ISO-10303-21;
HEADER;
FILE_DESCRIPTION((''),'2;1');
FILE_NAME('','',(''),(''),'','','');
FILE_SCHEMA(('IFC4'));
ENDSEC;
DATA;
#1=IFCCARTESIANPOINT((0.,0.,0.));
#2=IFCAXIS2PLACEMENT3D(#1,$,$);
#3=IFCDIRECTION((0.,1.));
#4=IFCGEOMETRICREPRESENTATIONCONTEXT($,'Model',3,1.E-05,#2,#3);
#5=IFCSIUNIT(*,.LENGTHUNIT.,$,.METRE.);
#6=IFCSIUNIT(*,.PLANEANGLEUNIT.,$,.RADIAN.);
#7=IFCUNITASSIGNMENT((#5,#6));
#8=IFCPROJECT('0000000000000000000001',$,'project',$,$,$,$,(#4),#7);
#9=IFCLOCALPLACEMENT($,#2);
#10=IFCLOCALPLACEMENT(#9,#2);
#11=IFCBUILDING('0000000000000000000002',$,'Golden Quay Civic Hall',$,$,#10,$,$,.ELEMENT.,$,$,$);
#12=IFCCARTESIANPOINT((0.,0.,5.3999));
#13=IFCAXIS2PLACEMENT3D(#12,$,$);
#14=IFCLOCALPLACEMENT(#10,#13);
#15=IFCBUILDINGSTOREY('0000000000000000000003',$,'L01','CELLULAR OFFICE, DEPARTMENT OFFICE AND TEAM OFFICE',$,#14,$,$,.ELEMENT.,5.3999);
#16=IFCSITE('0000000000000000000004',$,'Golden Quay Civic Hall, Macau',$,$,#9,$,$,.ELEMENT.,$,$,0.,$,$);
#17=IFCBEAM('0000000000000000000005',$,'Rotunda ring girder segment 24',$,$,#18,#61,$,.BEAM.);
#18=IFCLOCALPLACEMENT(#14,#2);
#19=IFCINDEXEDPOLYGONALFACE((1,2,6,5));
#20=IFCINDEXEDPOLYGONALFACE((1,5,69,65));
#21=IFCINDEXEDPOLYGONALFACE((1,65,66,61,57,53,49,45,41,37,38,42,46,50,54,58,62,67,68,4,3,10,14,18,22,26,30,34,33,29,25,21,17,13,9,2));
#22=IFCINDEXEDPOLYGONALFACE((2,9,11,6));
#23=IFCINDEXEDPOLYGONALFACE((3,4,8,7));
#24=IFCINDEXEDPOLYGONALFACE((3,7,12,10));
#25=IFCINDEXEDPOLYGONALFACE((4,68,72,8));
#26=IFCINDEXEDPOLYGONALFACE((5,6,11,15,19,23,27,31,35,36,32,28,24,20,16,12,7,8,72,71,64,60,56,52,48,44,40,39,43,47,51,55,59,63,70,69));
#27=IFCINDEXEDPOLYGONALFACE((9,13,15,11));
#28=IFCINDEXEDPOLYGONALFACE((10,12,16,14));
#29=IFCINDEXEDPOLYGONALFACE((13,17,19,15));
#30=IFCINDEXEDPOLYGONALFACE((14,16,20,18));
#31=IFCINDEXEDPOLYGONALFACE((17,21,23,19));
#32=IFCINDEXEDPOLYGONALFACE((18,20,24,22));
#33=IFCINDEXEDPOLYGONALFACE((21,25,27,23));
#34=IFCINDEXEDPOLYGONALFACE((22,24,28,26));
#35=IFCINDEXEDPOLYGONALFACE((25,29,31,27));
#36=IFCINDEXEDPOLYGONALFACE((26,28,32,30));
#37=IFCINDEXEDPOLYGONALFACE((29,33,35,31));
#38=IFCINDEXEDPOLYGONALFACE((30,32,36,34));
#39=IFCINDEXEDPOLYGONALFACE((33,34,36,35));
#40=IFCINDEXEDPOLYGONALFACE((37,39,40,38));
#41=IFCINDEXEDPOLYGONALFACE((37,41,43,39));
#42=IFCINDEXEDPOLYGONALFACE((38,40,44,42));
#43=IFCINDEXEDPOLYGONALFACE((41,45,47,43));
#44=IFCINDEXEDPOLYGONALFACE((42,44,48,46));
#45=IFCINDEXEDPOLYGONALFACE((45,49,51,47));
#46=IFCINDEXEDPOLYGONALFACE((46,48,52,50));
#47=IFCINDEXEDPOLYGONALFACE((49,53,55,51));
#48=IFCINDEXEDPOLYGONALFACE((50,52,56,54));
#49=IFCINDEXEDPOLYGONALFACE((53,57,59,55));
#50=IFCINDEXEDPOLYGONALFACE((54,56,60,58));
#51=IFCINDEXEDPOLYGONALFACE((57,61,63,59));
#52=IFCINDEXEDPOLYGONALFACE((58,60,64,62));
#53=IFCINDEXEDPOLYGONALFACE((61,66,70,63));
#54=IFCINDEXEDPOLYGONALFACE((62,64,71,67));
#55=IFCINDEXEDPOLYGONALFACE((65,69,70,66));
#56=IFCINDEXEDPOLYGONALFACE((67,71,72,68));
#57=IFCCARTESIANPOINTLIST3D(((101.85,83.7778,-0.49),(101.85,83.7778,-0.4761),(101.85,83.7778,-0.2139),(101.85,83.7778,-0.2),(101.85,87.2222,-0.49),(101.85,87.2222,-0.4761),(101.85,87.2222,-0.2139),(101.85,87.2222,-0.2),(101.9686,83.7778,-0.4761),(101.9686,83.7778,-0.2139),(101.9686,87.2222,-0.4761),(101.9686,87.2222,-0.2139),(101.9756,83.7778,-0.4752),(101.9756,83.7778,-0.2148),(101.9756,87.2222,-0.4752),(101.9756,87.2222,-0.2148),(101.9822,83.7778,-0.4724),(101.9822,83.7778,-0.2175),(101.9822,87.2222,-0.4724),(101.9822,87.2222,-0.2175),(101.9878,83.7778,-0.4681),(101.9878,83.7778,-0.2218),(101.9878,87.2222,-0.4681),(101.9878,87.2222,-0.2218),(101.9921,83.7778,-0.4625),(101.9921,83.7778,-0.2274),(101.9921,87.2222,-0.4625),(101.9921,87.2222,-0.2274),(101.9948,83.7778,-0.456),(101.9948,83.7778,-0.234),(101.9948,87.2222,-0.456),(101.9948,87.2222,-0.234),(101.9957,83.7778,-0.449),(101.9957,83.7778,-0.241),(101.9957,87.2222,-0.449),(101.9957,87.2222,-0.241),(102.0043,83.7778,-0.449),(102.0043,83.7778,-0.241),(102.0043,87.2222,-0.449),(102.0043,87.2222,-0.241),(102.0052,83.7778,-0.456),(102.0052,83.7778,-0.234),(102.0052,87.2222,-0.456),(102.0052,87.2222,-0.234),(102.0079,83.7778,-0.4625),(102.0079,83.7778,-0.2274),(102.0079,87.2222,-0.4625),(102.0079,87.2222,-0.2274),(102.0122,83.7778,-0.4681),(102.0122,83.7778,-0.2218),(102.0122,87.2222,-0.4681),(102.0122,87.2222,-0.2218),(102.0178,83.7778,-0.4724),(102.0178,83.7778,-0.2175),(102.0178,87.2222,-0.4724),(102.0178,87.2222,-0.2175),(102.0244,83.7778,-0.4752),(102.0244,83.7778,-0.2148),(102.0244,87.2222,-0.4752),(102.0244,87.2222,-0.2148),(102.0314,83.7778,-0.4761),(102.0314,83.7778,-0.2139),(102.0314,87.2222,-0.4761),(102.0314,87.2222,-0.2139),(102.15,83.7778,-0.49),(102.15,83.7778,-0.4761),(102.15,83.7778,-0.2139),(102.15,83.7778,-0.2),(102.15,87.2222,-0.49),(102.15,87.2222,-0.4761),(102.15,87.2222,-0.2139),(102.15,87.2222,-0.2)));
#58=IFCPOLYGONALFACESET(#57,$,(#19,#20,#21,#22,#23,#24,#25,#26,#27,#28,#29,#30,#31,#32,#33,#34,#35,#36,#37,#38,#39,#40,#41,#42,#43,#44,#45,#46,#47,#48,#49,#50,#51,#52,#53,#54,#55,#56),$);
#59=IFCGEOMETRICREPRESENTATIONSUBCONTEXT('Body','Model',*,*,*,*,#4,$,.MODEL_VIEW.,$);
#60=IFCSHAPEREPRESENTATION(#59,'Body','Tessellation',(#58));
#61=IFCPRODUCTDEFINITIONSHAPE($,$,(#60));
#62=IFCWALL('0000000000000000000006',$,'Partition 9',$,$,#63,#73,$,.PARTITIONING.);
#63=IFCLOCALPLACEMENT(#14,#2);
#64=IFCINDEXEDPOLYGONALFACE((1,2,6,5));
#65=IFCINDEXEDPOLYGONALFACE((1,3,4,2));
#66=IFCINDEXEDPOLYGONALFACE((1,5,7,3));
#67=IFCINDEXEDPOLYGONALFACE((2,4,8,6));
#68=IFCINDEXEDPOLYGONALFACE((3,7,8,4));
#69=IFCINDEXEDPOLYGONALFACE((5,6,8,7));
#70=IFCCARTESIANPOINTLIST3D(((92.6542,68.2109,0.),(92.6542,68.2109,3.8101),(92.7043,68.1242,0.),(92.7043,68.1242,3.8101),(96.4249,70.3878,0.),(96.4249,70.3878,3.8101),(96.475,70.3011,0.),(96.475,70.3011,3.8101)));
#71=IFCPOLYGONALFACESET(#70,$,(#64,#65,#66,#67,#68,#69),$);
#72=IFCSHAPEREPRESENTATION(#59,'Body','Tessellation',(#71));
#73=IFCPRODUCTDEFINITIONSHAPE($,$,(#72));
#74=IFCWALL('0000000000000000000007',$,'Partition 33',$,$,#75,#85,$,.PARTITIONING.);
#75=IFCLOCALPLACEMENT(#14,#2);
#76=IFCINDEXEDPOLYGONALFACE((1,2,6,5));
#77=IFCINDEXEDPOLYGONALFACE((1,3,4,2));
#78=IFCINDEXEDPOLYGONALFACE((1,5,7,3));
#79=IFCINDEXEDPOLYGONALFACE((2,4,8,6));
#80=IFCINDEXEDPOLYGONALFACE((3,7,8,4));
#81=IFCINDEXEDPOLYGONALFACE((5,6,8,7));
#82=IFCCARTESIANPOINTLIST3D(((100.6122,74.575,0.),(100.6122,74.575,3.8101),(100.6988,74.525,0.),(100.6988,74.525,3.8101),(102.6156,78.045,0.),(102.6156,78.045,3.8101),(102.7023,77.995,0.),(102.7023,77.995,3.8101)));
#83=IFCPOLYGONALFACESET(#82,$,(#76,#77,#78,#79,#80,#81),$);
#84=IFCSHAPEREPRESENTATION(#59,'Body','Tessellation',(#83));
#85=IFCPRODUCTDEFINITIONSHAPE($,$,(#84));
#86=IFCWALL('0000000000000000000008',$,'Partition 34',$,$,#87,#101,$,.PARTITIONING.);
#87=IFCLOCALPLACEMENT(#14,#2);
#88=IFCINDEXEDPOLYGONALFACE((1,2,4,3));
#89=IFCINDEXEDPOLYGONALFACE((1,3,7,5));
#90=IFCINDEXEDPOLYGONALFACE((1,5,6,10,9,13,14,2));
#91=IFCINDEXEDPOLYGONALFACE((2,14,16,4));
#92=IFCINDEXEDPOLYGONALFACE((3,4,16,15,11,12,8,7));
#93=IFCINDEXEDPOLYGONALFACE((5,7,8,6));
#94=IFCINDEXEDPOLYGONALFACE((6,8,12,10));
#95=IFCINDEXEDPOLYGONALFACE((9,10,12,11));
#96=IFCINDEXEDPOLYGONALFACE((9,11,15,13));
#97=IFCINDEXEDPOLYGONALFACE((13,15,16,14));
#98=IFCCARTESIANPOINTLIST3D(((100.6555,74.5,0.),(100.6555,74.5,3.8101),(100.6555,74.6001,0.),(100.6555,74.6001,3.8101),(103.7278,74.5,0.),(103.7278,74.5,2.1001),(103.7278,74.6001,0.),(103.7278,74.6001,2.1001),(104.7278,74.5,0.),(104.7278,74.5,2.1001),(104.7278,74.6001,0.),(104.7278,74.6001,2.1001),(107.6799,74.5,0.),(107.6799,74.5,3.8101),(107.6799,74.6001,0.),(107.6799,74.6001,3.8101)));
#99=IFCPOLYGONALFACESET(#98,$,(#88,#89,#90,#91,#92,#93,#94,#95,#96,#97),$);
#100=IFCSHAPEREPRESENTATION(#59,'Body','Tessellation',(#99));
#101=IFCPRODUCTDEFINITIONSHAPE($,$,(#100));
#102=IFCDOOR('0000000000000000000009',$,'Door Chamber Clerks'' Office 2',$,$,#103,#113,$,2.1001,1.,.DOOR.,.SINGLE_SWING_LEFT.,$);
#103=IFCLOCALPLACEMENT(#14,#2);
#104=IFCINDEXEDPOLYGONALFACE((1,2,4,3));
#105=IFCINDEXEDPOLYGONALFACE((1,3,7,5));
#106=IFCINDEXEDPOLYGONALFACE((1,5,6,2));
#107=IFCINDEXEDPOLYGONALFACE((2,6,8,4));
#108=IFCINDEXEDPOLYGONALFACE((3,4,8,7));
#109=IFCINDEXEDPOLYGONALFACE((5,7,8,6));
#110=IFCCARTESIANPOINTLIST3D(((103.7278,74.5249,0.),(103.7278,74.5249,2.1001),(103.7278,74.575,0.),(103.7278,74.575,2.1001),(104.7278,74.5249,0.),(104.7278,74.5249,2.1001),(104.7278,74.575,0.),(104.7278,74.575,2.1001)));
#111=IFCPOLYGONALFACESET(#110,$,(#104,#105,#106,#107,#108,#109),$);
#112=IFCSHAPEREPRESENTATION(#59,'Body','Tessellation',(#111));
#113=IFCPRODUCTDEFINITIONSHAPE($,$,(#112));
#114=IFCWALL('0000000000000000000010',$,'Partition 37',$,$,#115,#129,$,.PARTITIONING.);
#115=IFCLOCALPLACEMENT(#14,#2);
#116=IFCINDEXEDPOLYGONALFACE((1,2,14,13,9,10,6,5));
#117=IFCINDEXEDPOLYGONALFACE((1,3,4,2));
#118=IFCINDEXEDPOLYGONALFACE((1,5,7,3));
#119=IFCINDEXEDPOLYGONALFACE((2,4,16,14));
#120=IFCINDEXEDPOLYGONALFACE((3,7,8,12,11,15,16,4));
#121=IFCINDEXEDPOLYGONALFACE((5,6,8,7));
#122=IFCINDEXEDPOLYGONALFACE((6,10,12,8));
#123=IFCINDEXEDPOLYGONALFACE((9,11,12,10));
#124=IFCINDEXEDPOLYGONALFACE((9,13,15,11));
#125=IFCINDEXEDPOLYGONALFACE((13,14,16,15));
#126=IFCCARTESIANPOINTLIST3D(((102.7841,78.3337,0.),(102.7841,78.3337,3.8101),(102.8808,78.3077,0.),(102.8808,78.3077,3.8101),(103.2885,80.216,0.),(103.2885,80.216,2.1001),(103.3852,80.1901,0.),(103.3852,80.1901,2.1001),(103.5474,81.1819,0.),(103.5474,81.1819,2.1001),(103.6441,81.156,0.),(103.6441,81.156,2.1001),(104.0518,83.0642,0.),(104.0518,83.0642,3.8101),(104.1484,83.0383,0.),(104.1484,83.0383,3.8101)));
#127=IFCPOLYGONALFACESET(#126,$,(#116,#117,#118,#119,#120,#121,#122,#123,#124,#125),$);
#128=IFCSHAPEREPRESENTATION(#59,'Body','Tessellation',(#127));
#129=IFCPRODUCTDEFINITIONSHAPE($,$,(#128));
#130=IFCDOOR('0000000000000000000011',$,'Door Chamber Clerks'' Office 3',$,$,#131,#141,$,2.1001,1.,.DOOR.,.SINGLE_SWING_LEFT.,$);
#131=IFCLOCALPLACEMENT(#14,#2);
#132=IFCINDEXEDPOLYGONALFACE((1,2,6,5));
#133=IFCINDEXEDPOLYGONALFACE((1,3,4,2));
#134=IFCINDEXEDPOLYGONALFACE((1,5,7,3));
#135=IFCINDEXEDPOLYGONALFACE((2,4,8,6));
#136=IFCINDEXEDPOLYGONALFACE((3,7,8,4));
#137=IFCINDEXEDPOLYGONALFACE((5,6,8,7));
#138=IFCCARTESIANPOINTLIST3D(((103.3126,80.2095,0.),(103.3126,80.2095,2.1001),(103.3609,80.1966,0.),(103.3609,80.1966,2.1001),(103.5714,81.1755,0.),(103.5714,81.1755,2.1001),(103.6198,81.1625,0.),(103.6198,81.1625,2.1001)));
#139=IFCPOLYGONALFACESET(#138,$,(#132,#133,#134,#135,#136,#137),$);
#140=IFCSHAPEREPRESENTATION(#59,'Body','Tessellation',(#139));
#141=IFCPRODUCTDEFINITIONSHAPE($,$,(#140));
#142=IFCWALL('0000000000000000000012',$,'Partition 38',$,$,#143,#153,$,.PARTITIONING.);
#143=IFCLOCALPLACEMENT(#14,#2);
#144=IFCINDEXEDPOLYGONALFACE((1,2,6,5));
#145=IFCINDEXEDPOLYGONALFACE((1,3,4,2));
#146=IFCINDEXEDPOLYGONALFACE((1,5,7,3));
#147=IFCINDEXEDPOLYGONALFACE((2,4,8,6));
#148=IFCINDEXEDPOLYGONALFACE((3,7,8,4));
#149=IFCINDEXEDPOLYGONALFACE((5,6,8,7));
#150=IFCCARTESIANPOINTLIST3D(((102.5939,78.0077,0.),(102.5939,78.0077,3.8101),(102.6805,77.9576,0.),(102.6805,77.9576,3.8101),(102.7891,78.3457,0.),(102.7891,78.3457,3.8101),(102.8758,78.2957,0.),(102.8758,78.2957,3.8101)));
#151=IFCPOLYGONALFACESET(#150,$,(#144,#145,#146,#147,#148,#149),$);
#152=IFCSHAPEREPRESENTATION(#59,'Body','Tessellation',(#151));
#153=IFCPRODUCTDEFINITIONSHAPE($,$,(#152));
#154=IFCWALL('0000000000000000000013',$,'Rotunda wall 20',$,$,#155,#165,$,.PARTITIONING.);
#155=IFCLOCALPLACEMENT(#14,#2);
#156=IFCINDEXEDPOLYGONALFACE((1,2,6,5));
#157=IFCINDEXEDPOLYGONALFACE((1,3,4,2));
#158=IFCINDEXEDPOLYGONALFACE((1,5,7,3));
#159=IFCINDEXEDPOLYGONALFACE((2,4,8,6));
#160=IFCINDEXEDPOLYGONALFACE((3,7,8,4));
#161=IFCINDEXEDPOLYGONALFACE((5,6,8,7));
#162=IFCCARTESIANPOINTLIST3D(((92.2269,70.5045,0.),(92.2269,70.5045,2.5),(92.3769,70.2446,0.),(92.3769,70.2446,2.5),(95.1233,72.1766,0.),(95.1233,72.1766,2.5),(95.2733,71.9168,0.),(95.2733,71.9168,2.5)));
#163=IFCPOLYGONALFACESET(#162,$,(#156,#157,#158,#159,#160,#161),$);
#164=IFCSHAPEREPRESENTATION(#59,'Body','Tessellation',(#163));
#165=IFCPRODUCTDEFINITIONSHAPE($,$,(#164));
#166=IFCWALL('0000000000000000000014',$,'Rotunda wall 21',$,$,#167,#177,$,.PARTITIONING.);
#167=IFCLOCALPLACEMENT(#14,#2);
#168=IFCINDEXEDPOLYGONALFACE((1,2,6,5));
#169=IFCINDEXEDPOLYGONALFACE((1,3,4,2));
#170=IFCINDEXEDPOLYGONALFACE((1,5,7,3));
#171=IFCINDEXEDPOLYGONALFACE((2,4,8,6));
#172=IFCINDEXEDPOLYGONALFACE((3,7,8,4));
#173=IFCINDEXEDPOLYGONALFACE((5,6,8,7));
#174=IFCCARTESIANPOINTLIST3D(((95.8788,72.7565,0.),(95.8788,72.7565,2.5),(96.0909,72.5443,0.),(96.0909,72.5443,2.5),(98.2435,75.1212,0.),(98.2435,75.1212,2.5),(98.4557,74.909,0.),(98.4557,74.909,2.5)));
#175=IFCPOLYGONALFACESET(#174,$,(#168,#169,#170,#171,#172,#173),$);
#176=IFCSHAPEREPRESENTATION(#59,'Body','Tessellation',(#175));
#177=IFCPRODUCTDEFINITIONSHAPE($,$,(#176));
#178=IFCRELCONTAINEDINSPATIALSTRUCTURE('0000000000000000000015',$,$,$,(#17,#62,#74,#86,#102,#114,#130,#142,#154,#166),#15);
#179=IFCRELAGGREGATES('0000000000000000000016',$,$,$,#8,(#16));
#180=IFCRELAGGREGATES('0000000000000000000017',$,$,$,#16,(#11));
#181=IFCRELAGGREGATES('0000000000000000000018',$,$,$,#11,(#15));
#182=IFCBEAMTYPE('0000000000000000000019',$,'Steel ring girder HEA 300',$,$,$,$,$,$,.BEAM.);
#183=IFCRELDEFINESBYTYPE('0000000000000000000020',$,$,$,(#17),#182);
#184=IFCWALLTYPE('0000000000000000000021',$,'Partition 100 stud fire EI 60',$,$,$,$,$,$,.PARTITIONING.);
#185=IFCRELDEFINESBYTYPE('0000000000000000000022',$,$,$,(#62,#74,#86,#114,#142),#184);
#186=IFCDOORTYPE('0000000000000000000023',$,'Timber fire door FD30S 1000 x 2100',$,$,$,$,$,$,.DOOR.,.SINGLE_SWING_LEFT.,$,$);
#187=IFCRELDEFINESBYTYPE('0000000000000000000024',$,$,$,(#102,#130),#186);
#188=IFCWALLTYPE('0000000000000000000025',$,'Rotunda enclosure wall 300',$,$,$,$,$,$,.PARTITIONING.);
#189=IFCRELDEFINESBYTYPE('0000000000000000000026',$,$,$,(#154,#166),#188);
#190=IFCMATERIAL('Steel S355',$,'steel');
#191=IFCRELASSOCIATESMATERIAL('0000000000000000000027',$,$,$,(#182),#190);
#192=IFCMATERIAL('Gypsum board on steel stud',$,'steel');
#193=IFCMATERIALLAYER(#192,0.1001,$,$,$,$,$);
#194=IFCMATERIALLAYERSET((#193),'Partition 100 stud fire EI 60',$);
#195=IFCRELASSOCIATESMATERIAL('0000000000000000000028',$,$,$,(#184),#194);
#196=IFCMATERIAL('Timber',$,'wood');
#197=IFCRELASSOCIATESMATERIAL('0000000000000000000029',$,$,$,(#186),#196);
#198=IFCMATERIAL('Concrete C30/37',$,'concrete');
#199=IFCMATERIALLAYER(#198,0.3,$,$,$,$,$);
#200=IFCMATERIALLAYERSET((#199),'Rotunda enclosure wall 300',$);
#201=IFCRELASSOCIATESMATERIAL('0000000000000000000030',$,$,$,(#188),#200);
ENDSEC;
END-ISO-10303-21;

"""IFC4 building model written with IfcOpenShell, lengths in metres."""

from ifc_helpers import new_model, si_unit, direction, frame, frame_2d, origin, origin_2d, place, context, subcontext, project, spatial, rectangle, i_section, extrude, material, layer, layer_set, material_profile, profile_set, type_object, element, fill, save


model = new_model("IFC4")

# Units and contexts
model_context = context("Model", 3, precision=1e-05, world=origin(), true_north=direction((0.0, 1.0)))
body_context = subcontext(model_context, "Body", "Model", "MODEL_VIEW")
ifc_project = project(units=[si_unit("LENGTHUNIT", "METRE"), si_unit("PLANEANGLEUNIT", "RADIAN")], contexts=[model_context])

# Site, building, storey
site_placement = place(None, origin())
site = spatial("IfcSite", under=ifc_project, at=site_placement, Name="Golden Quay Civic Hall, Macau", CompositionType="ELEMENT", RefElevation=0.0)
building_placement = place(site_placement, origin())
building = spatial("IfcBuilding", under=site, at=building_placement, Name="Golden Quay Civic Hall", CompositionType="ELEMENT")
storey_placement = place(building_placement, frame((0.0, 0.0, 5.3999)))
storey = spatial("IfcBuildingStorey", under=building, at=storey_placement, Name="L01", Description="CELLULAR OFFICE, DEPARTMENT OFFICE AND TEAM OFFICE", CompositionType="ELEMENT", Elevation=5.3999)

# Beam
ifc_material_1 = material(Name="Steel S355", Category="steel")
ifc_material_profile_1 = material_profile(ifc_material_1, i_section(OverallWidth=0.3, OverallDepth=0.29, WebThickness=0.0085, FlangeThickness=0.0139, FilletRadius=0.0271, at=origin_2d()), Name="HEA 300")
ifc_profile_set_1 = profile_set([ifc_material_profile_1], Name="Steel S355")
beam_type_1 = type_object("IfcBeamType", Name="Steel ring girder HEA 300", PredefinedType="BEAM", material=ifc_profile_set_1)
beam_1_placement = place(storey_placement, frame((102.0, 83.7778, -0.345), z_axis=(0.0, 1.0, 0.0), x_axis=(-1.0, 0.0, 0.0)))
element("IfcBeam", 1, at=beam_1_placement, inside=storey, type_object=beam_type_1, Name="Rotunda ring girder segment 24", PredefinedType="BEAM", context=body_context, shape_type="SweptSolid", body=[
    extrude(i_section(OverallWidth=0.3, OverallDepth=0.29, WebThickness=0.0085, FlangeThickness=0.0139, FilletRadius=0.0271, at=origin_2d()), origin(), (0.0, 0.0, 1.0), 3.4443),
])

# Walls
ifc_material_2 = material(Name="Gypsum board on steel stud", Category="steel")
ifc_layer_1 = layer(ifc_material_2, 0.1001)
ifc_layer_set_1 = layer_set([ifc_layer_1], Name="Partition 100 stud fire EI 60")
wall_type_1 = type_object("IfcWallType", Name="Partition 100 stud fire EI 60", PredefinedType="PARTITIONING", material=ifc_layer_set_1)
wall_1_placement = place(storey_placement, frame((96.45, 70.3445, 0.0), z_axis=(0.0, 0.0, 1.0), x_axis=(-0.86603, -0.499993, 0.0)))
element("IfcWall", 2, at=wall_1_placement, inside=storey, type_object=wall_type_1, Name="Partition 9", PredefinedType="PARTITIONING", context=body_context, shape_type="SweptSolid", body=[
    extrude(rectangle(XDim=4.354, YDim=0.1001, at=frame_2d((2.177, 0.0))), origin(), (0.0, 0.0, 1.0), 3.8101),
])
wall_2_placement = place(storey_placement, frame((102.6589, 78.02, 0.0), z_axis=(0.0, 0.0, 1.0), x_axis=(-0.500006, -0.866022, 0.0)))
element("IfcWall", 3, at=wall_2_placement, inside=storey, type_object=wall_type_1, Name="Partition 33", PredefinedType="PARTITIONING", context=body_context, shape_type="SweptSolid", body=[
    extrude(rectangle(XDim=4.0068, YDim=0.1001, at=frame_2d((2.0034, 0.0))), origin(), (0.0, 0.0, 1.0), 3.8101),
])

# Walls, openings, doors
wall_3_placement = place(storey_placement, frame((100.6555, 74.55, 0.0), z_axis=(0.0, 0.0, 1.0), x_axis=(1.0, 0.0, 0.0)))
wall_3 = element("IfcWall", 4, at=wall_3_placement, inside=storey, type_object=wall_type_1, Name="Partition 34", PredefinedType="PARTITIONING", context=body_context, shape_type="SweptSolid", body=[
    extrude(rectangle(XDim=7.0244, YDim=0.1001, at=frame_2d((3.5122, 0.0))), origin(), (0.0, 0.0, 1.0), 3.8101),
])
opening_1_placement = place(wall_3_placement, frame((3.0723, 0.0, 0.0)))
opening_1 = element("IfcOpeningElement", 5, at=opening_1_placement, cuts=wall_3, PredefinedType="OPENING", context=body_context, shape_type="SweptSolid", body=[
    extrude(rectangle(XDim=1.0, YDim=2.1001, at=frame_2d((0.5, 1.05))), frame((0.0, 0.0601, 0.0), z_axis=(0.0, -1.0, 0.0), x_axis=(1.0, 0.0, 0.0)), (0.0, 0.0, 1.0), 0.1201),
])
ifc_material_3 = material(Name="Timber", Category="wood")
door_type = type_object("IfcDoorType", Name="Timber fire door FD30S 1000 x 2100", OperationType="SINGLE_SWING_LEFT", PredefinedType="DOOR", material=ifc_material_3)
door_1_placement = place(opening_1_placement, origin())
door_1 = element("IfcDoor", 6, at=door_1_placement, inside=storey, type_object=door_type, Name="Door Chamber Clerks' Office 2", OperationType="SINGLE_SWING_LEFT", OverallHeight=2.1001, OverallWidth=1.0, PredefinedType="DOOR", context=body_context, shape_type="SweptSolid", body=[
    extrude(rectangle(XDim=1.0, YDim=2.1001, at=frame_2d((0.5, 1.05))), frame((0.0, 0.0249, 0.0), z_axis=(0.0, -1.0, 0.0), x_axis=(1.0, 0.0, 0.0)), (0.0, 0.0, 1.0), 0.05),
])
fill(opening_1, door_1)
wall_4_placement = place(storey_placement, frame((104.1001, 83.0513, 0.0), z_axis=(0.0, 0.0, 1.0), x_axis=(-0.258829, -0.965923, 0.0)))
wall_4 = element("IfcWall", 7, at=wall_4_placement, inside=storey, type_object=wall_type_1, Name="Partition 37", PredefinedType="PARTITIONING", context=body_context, shape_type="SweptSolid", body=[
    extrude(rectangle(XDim=4.8975, YDim=0.1001, at=frame_2d((2.4487, 0.0))), origin(), (0.0, 0.0, 1.0), 3.8101),
])
opening_2_placement = place(wall_4_placement, frame((1.9487, 0.0, 0.0)))
opening_2 = element("IfcOpeningElement", 8, at=opening_2_placement, cuts=wall_4, PredefinedType="OPENING", context=body_context, shape_type="SweptSolid", body=[
    extrude(rectangle(XDim=1.0, YDim=2.1001, at=frame_2d((0.5, 1.05))), frame((0.0, 0.0601, 0.0), z_axis=(0.0, -1.0, 0.0), x_axis=(1.0, 0.0, 0.0)), (0.0, 0.0, 1.0), 0.1201),
])
door_2_placement = place(opening_2_placement, origin())
door_2 = element("IfcDoor", 9, at=door_2_placement, inside=storey, type_object=door_type, Name="Door Chamber Clerks' Office 3", OperationType="SINGLE_SWING_LEFT", OverallHeight=2.1001, OverallWidth=1.0, PredefinedType="DOOR", context=body_context, shape_type="SweptSolid", body=[
    extrude(rectangle(XDim=1.0, YDim=2.1001, at=frame_2d((0.5, 1.05))), frame((0.0, 0.0249, 0.0), z_axis=(0.0, -1.0, 0.0), x_axis=(1.0, 0.0, 0.0)), (0.0, 0.0, 1.0), 0.05),
])
fill(opening_2, door_2)

# Walls
wall_5_placement = place(storey_placement, frame((102.8325, 78.3208, 0.0), z_axis=(0.0, 0.0, 1.0), x_axis=(-0.500173, -0.865925, 0.0)))
element("IfcWall", 10, at=wall_5_placement, inside=storey, type_object=wall_type_1, Name="Partition 38", PredefinedType="PARTITIONING", context=body_context, shape_type="SweptSolid", body=[
    extrude(rectangle(XDim=0.3904, YDim=0.1001, at=frame_2d((0.1953, 0.0))), origin(), (0.0, 0.0, 1.0), 3.8101),
])
ifc_material_4 = material(Name="Concrete C30/37", Category="concrete")
ifc_layer_2 = layer(ifc_material_4, 0.3)
ifc_layer_set_2 = layer_set([ifc_layer_2], Name="Rotunda enclosure wall 300")
wall_type_2 = type_object("IfcWallType", Name="Rotunda enclosure wall 300", PredefinedType="PARTITIONING", material=ifc_layer_set_2)
wall_6_placement = place(storey_placement, frame((92.3018, 70.3745, 0.0), z_axis=(0.0, 0.0, 1.0), x_axis=(0.866047, 0.499963, 0.0)))
element("IfcWall", 11, at=wall_6_placement, inside=storey, type_object=wall_type_2, Name="Rotunda wall 20", PredefinedType="PARTITIONING", context=body_context, shape_type="SweptSolid", body=[
    extrude(rectangle(XDim=3.3445, YDim=0.3, at=frame_2d((1.6724, 0.0))), origin(), (0.0, 0.0, 1.0), 2.5),
])
wall_7_placement = place(storey_placement, frame((95.9849, 72.6504, 0.0), z_axis=(0.0, 0.0, 1.0), x_axis=(0.707107, 0.707107, 0.0)))
element("IfcWall", 12, at=wall_7_placement, inside=storey, type_object=wall_type_2, Name="Rotunda wall 21", PredefinedType="PARTITIONING", context=body_context, shape_type="SweptSolid", body=[
    extrude(rectangle(XDim=3.3442, YDim=0.3, at=frame_2d((1.6721, 0.0))), origin(), (0.0, 0.0, 1.0), 2.5),
])

save(model, "model.ifc")
